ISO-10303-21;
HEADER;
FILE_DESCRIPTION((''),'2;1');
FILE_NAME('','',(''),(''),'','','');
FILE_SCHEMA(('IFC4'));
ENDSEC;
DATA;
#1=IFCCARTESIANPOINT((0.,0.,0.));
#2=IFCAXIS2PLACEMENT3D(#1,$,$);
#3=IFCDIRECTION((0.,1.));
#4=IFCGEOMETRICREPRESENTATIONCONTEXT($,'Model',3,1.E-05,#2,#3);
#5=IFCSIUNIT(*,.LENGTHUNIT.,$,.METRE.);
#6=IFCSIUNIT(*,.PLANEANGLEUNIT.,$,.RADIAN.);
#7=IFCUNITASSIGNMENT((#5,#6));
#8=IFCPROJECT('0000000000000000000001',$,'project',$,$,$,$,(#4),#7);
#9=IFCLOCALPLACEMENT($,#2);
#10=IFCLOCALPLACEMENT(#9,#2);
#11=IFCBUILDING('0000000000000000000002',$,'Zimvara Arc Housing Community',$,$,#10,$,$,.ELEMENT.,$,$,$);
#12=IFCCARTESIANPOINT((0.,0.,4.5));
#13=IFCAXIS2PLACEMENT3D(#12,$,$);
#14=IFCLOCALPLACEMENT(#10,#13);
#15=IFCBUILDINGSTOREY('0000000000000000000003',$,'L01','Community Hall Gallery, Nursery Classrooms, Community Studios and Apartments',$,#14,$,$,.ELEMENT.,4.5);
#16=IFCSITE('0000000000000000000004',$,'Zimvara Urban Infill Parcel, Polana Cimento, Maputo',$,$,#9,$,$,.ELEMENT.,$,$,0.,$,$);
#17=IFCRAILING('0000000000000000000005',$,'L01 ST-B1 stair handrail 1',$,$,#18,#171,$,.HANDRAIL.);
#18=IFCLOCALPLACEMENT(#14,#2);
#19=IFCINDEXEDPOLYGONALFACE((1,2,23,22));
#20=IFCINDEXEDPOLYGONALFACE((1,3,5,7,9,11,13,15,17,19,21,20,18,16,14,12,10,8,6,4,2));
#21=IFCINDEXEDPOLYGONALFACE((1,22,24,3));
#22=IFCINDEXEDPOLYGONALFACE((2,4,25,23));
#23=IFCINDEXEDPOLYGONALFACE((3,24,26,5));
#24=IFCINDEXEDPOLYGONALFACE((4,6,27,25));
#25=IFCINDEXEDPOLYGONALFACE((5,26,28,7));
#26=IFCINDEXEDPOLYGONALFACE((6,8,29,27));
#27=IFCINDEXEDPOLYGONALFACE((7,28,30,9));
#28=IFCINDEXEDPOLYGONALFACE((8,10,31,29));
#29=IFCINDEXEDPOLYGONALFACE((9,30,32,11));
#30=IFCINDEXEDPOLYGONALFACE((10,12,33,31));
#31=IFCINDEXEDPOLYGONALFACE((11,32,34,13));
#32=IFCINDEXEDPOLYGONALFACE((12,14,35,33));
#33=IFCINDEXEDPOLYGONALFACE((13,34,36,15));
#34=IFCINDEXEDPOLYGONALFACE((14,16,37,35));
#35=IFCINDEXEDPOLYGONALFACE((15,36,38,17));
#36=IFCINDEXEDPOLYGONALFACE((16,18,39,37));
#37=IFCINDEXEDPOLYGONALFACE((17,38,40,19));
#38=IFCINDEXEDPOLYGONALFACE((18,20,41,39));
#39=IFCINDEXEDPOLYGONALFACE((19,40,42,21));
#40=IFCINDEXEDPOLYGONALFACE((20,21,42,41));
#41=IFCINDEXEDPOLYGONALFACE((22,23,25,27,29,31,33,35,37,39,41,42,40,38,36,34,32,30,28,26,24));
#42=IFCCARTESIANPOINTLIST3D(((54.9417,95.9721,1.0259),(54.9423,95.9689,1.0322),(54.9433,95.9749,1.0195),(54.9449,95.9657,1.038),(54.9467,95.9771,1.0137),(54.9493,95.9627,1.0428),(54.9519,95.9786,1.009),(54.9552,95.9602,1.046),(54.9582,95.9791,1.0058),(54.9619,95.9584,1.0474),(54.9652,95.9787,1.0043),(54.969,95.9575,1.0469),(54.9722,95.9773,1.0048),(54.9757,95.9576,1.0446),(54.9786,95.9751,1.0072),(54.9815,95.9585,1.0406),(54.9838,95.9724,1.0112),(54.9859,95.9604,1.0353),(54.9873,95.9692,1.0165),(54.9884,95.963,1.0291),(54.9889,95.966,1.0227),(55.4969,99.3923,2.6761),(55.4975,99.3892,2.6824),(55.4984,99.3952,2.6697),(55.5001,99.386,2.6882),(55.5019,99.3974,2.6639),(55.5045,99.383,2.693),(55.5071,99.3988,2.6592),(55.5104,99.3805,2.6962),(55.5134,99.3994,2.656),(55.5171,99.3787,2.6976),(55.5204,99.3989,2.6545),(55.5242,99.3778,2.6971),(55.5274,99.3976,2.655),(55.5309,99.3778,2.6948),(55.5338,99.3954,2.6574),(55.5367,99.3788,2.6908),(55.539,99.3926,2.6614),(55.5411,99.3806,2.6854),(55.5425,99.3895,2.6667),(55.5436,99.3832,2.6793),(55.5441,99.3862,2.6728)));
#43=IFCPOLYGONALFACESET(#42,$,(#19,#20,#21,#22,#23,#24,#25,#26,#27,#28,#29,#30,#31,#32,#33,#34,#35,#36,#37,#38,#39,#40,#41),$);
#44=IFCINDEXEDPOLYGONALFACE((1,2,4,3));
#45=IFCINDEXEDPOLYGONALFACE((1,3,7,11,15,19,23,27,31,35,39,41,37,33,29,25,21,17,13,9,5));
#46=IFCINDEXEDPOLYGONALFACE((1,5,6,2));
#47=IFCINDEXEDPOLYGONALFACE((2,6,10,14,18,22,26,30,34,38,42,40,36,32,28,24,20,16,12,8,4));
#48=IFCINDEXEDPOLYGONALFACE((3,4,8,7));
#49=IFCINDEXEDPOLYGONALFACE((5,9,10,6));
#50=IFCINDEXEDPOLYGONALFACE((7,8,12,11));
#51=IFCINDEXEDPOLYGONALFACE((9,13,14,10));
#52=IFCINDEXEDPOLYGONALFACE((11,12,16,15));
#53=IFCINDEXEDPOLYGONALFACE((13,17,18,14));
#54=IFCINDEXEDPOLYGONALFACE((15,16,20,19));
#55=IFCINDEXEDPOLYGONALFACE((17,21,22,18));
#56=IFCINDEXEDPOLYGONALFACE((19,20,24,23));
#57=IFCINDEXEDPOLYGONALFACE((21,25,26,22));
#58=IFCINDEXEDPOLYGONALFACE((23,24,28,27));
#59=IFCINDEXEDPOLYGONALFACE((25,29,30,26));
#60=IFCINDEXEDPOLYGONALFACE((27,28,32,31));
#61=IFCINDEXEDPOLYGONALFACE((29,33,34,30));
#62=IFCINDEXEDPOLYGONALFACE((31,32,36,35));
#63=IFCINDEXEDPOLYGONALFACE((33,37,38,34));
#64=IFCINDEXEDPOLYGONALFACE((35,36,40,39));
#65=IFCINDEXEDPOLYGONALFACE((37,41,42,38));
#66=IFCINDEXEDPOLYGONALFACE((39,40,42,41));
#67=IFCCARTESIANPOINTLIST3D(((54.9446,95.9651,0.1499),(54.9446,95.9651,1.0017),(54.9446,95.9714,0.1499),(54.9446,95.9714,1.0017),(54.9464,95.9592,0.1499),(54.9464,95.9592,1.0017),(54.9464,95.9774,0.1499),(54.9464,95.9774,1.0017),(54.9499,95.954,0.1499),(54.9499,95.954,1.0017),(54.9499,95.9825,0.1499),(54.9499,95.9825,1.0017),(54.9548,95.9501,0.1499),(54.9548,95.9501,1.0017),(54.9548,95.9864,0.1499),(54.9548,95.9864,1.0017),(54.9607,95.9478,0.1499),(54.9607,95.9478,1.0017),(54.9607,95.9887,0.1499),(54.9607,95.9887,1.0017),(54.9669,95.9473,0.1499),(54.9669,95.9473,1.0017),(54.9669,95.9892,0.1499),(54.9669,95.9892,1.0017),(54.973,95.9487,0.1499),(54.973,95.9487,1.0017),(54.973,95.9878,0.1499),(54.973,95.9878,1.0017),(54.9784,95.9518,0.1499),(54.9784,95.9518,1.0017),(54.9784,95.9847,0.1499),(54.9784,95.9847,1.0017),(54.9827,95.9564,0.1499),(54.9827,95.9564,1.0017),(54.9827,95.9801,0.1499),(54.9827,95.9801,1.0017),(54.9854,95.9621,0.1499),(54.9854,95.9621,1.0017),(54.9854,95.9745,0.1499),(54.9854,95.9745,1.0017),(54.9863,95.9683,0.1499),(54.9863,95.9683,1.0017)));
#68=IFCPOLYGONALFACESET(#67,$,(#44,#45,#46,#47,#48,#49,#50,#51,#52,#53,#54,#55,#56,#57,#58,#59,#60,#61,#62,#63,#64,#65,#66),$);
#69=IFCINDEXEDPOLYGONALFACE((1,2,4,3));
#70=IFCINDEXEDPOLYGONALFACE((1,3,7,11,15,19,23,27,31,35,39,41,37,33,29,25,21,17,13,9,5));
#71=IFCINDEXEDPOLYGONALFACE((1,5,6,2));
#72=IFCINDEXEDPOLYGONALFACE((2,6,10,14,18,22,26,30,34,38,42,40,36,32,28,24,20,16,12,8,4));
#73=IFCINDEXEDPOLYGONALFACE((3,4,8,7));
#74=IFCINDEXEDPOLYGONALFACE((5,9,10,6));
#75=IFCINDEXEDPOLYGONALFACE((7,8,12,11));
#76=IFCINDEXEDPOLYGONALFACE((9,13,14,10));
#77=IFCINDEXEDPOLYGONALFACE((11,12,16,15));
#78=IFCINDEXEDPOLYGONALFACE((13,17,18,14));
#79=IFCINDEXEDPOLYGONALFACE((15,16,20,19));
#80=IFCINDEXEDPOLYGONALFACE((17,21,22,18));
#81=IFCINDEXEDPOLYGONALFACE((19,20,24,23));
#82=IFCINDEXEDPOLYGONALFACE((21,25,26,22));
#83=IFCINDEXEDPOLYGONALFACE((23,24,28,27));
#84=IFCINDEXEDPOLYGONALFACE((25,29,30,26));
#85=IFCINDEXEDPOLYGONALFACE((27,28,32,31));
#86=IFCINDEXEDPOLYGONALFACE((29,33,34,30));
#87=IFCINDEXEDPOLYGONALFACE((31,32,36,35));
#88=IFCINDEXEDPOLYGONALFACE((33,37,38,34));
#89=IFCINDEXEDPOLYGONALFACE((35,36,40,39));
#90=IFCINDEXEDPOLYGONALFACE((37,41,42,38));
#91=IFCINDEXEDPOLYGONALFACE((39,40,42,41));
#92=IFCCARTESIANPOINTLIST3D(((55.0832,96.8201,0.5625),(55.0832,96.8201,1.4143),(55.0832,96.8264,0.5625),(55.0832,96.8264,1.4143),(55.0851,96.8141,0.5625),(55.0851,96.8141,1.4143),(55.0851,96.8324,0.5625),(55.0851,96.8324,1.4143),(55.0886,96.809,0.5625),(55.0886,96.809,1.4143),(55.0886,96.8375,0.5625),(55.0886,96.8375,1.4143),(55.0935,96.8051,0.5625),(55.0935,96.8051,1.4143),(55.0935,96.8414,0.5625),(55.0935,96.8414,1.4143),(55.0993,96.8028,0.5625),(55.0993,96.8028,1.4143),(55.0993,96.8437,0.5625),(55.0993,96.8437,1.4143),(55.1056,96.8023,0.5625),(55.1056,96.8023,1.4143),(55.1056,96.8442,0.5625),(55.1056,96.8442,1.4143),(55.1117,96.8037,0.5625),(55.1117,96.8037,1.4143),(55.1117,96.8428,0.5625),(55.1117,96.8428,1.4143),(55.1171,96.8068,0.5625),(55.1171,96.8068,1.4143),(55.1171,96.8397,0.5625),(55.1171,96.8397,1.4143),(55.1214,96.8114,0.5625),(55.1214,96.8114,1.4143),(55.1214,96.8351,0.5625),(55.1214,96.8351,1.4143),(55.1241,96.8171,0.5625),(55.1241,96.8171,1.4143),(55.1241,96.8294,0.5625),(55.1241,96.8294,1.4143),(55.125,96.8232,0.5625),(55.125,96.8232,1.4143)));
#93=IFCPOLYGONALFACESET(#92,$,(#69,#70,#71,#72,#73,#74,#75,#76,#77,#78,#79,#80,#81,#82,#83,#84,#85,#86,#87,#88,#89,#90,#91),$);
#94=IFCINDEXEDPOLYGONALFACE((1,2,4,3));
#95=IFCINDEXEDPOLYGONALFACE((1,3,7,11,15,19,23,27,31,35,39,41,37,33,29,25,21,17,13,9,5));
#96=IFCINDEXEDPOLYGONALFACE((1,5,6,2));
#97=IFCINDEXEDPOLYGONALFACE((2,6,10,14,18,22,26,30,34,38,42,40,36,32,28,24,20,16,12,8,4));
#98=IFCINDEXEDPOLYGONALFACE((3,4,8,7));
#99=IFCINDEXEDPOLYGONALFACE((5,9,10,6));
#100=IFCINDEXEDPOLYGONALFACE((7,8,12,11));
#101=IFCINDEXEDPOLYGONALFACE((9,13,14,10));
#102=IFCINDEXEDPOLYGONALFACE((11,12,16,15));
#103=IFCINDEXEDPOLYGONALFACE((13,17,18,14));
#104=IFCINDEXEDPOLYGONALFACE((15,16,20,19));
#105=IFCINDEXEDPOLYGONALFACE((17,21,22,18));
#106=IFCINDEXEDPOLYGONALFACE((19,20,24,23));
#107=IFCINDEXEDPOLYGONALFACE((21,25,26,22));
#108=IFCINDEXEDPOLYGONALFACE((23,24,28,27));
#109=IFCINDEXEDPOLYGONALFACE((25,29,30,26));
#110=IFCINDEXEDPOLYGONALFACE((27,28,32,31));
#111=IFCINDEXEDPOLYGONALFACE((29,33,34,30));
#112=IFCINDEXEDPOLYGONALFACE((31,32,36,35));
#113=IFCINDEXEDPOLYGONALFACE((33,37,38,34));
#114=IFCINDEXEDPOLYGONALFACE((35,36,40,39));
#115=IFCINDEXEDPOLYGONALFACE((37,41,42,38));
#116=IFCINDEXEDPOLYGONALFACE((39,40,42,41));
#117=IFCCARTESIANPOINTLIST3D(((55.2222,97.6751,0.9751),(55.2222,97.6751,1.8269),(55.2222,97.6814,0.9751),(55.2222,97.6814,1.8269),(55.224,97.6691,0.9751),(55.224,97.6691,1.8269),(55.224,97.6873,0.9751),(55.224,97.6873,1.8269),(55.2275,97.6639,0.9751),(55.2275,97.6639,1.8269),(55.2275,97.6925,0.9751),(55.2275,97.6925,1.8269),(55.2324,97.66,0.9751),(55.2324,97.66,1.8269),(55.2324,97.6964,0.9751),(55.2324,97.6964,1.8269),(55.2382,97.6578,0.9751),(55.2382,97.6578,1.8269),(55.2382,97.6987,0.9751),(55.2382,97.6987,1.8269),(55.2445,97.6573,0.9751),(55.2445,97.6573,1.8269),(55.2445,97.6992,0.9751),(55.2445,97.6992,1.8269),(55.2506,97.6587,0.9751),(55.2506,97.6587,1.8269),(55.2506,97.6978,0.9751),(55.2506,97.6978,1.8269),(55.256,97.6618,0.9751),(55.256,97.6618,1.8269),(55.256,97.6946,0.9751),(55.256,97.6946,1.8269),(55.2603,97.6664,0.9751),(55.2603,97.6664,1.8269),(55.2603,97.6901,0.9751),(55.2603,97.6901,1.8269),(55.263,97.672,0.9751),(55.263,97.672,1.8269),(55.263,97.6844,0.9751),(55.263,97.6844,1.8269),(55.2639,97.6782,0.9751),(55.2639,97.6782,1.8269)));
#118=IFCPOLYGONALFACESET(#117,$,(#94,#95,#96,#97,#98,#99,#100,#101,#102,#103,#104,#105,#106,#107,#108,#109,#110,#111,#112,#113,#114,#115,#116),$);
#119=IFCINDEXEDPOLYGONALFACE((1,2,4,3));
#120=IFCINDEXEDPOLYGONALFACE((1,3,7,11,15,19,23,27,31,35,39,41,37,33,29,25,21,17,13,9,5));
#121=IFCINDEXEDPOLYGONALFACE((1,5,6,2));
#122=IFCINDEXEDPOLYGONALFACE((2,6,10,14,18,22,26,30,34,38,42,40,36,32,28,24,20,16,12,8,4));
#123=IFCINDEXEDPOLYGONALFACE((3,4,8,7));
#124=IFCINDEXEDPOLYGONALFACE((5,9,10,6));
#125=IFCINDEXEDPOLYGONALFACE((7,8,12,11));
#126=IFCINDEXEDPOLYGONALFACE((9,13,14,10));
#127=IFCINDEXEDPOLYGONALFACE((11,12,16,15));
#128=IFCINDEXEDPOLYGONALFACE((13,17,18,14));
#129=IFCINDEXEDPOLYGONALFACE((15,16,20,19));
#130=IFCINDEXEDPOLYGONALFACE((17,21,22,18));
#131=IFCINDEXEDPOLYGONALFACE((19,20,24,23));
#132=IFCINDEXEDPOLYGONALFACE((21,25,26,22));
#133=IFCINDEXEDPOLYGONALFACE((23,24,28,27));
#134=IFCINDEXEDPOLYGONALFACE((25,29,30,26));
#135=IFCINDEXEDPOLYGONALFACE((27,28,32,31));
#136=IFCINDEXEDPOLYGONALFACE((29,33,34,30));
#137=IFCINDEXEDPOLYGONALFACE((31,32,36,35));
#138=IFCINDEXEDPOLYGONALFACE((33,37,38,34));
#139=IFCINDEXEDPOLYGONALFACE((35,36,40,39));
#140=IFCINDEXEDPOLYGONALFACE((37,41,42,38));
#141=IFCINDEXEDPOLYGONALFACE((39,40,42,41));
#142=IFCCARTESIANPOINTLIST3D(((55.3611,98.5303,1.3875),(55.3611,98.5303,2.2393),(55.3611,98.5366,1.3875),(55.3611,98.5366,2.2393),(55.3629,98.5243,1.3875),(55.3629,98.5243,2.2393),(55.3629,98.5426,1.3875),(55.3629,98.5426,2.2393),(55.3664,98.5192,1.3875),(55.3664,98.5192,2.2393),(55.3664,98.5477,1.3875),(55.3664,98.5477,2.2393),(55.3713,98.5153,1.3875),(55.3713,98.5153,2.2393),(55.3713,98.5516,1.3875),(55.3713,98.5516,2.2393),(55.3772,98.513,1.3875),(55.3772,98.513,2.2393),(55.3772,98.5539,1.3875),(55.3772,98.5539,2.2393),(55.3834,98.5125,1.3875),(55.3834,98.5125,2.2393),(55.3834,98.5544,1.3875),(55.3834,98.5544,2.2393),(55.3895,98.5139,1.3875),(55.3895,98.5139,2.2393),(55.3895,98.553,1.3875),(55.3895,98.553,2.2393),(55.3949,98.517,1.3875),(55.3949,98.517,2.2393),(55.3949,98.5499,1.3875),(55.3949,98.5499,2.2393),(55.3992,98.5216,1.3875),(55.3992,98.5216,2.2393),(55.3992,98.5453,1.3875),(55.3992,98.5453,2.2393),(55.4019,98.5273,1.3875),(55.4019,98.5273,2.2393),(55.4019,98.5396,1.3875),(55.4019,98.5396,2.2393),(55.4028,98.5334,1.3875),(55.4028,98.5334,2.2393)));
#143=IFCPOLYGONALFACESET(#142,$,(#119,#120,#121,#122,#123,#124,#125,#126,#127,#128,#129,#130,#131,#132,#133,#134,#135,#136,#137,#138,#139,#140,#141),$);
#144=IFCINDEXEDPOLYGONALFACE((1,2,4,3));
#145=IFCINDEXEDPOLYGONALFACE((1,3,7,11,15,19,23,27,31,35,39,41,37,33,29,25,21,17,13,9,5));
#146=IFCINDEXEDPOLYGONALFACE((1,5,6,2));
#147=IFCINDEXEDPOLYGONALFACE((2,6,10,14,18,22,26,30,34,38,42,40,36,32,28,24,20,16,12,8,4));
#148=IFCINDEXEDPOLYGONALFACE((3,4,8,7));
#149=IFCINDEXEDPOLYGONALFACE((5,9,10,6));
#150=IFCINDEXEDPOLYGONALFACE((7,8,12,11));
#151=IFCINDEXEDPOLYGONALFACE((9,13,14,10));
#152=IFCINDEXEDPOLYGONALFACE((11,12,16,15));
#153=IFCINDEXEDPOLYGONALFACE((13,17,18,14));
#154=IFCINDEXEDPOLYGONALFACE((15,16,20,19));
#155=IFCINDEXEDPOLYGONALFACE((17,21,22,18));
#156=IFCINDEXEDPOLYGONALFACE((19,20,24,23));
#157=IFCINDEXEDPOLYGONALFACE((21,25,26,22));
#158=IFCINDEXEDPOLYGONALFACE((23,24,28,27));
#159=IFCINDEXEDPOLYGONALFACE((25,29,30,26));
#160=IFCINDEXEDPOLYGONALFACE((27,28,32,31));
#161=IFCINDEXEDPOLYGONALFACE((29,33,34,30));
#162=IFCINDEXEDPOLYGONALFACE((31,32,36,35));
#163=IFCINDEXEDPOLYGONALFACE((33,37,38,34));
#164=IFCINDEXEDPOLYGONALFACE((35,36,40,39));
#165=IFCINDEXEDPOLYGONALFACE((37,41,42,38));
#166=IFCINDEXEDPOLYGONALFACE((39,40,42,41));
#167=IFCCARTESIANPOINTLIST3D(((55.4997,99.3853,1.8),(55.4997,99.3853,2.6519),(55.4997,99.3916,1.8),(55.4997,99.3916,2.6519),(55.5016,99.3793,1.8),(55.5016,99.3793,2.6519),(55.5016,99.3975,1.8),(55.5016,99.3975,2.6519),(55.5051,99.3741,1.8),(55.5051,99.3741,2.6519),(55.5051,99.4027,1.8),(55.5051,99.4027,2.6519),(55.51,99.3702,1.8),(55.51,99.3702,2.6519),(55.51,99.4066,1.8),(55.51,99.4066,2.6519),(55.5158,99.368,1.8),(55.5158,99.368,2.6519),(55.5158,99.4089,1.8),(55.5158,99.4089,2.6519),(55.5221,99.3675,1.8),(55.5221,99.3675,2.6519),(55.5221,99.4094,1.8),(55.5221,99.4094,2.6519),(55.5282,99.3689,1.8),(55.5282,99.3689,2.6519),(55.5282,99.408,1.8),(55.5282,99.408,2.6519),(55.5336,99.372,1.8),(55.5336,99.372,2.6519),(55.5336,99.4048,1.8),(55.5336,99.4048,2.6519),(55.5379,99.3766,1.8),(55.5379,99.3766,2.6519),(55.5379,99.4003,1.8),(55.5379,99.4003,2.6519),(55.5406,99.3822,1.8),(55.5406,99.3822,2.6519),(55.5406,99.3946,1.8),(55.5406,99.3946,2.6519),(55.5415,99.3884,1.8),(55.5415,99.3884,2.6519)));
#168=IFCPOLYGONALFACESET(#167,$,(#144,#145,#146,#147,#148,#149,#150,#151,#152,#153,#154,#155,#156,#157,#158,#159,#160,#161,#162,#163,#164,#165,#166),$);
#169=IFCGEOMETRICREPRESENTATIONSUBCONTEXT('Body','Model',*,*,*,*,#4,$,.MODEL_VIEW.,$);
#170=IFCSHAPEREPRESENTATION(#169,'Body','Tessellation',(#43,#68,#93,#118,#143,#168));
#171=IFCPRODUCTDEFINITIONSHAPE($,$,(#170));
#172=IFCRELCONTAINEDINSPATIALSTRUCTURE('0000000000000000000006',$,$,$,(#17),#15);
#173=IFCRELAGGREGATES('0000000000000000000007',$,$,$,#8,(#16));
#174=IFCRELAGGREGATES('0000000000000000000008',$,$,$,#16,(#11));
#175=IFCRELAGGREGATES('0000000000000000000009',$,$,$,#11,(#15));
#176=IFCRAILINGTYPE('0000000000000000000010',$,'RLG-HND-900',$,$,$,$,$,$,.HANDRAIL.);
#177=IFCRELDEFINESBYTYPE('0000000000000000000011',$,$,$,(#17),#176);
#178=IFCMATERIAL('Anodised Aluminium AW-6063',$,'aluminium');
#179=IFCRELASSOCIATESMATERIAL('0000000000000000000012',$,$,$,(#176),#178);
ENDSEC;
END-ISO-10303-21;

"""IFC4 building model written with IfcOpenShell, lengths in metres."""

from ifc_helpers import new_model, si_unit, direction, frame, origin, origin_2d, place, context, subcontext, project, spatial, circle, extrude, material, type_object, element, save


model = new_model("IFC4")

# Units and contexts
model_context = context("Model", 3, precision=1e-05, world=origin(), true_north=direction((0.0, 1.0)))
body_context = subcontext(model_context, "Body", "Model", "MODEL_VIEW")
ifc_project = project(units=[si_unit("LENGTHUNIT", "METRE"), si_unit("PLANEANGLEUNIT", "RADIAN")], contexts=[model_context])

# Site, building, storey
site_placement = place(None, origin())
site = spatial("IfcSite", under=ifc_project, at=site_placement, Name="Zimvara Urban Infill Parcel, Polana Cimento, Maputo", CompositionType="ELEMENT", RefElevation=0.0)
building_placement = place(site_placement, origin())
building = spatial("IfcBuilding", under=site, at=building_placement, Name="Zimvara Arc Housing Community", CompositionType="ELEMENT")
storey_placement = place(building_placement, frame((0.0, 0.0, 4.5)))
storey = spatial("IfcBuildingStorey", under=building, at=storey_placement, Name="L01", Description="Community Hall Gallery, Nursery Classrooms, Community Studios and Apartments", CompositionType="ELEMENT", Elevation=4.5)

# Railing
ifc_material_1 = material(Name="Anodised Aluminium AW-6063", Category="aluminium")
railing_type_1 = type_object("IfcRailingType", Name="RLG-HND-900", PredefinedType="HANDRAIL", material=ifc_material_1)
railing_1_placement = place(storey_placement, frame((54.9653, 95.9683, 0.1499)))
element("IfcRailing", 1, at=railing_1_placement, inside=storey, type_object=railing_type_1, Name="L01 ST-B1 stair handrail 1", PredefinedType="HANDRAIL", context=body_context, shape_type="SweptSolid", body=[
    extrude(circle(Radius=0.0239, at=origin_2d()), frame((0.0, 0.0, 0.876), z_axis=(0.14466, 0.891178, 0.429972), x_axis=(-0.98708, 0.160227, 0.0)), (0.0, 0.0, 1.0), 3.8379),
    extrude(circle(Radius=0.021, at=origin_2d()), origin(), (0.0, 0.0, 1.0), 0.8518),
    extrude(circle(Radius=0.021, at=origin_2d()), frame((0.1387, 0.855, 0.4126)), (0.0, 0.0, 1.0), 0.8518),
    extrude(circle(Radius=0.021, at=origin_2d()), frame((0.2776, 1.71, 0.8252)), (0.0, 0.0, 1.0), 0.8518),
    extrude(circle(Radius=0.021, at=origin_2d()), frame((0.4165, 2.5652, 1.2375)), (0.0, 0.0, 1.0), 0.8518),
    extrude(circle(Radius=0.021, at=origin_2d()), frame((0.5552, 3.4202, 1.6501)), (0.0, 0.0, 1.0), 0.8518),
])

save(model, "model.ifc")
